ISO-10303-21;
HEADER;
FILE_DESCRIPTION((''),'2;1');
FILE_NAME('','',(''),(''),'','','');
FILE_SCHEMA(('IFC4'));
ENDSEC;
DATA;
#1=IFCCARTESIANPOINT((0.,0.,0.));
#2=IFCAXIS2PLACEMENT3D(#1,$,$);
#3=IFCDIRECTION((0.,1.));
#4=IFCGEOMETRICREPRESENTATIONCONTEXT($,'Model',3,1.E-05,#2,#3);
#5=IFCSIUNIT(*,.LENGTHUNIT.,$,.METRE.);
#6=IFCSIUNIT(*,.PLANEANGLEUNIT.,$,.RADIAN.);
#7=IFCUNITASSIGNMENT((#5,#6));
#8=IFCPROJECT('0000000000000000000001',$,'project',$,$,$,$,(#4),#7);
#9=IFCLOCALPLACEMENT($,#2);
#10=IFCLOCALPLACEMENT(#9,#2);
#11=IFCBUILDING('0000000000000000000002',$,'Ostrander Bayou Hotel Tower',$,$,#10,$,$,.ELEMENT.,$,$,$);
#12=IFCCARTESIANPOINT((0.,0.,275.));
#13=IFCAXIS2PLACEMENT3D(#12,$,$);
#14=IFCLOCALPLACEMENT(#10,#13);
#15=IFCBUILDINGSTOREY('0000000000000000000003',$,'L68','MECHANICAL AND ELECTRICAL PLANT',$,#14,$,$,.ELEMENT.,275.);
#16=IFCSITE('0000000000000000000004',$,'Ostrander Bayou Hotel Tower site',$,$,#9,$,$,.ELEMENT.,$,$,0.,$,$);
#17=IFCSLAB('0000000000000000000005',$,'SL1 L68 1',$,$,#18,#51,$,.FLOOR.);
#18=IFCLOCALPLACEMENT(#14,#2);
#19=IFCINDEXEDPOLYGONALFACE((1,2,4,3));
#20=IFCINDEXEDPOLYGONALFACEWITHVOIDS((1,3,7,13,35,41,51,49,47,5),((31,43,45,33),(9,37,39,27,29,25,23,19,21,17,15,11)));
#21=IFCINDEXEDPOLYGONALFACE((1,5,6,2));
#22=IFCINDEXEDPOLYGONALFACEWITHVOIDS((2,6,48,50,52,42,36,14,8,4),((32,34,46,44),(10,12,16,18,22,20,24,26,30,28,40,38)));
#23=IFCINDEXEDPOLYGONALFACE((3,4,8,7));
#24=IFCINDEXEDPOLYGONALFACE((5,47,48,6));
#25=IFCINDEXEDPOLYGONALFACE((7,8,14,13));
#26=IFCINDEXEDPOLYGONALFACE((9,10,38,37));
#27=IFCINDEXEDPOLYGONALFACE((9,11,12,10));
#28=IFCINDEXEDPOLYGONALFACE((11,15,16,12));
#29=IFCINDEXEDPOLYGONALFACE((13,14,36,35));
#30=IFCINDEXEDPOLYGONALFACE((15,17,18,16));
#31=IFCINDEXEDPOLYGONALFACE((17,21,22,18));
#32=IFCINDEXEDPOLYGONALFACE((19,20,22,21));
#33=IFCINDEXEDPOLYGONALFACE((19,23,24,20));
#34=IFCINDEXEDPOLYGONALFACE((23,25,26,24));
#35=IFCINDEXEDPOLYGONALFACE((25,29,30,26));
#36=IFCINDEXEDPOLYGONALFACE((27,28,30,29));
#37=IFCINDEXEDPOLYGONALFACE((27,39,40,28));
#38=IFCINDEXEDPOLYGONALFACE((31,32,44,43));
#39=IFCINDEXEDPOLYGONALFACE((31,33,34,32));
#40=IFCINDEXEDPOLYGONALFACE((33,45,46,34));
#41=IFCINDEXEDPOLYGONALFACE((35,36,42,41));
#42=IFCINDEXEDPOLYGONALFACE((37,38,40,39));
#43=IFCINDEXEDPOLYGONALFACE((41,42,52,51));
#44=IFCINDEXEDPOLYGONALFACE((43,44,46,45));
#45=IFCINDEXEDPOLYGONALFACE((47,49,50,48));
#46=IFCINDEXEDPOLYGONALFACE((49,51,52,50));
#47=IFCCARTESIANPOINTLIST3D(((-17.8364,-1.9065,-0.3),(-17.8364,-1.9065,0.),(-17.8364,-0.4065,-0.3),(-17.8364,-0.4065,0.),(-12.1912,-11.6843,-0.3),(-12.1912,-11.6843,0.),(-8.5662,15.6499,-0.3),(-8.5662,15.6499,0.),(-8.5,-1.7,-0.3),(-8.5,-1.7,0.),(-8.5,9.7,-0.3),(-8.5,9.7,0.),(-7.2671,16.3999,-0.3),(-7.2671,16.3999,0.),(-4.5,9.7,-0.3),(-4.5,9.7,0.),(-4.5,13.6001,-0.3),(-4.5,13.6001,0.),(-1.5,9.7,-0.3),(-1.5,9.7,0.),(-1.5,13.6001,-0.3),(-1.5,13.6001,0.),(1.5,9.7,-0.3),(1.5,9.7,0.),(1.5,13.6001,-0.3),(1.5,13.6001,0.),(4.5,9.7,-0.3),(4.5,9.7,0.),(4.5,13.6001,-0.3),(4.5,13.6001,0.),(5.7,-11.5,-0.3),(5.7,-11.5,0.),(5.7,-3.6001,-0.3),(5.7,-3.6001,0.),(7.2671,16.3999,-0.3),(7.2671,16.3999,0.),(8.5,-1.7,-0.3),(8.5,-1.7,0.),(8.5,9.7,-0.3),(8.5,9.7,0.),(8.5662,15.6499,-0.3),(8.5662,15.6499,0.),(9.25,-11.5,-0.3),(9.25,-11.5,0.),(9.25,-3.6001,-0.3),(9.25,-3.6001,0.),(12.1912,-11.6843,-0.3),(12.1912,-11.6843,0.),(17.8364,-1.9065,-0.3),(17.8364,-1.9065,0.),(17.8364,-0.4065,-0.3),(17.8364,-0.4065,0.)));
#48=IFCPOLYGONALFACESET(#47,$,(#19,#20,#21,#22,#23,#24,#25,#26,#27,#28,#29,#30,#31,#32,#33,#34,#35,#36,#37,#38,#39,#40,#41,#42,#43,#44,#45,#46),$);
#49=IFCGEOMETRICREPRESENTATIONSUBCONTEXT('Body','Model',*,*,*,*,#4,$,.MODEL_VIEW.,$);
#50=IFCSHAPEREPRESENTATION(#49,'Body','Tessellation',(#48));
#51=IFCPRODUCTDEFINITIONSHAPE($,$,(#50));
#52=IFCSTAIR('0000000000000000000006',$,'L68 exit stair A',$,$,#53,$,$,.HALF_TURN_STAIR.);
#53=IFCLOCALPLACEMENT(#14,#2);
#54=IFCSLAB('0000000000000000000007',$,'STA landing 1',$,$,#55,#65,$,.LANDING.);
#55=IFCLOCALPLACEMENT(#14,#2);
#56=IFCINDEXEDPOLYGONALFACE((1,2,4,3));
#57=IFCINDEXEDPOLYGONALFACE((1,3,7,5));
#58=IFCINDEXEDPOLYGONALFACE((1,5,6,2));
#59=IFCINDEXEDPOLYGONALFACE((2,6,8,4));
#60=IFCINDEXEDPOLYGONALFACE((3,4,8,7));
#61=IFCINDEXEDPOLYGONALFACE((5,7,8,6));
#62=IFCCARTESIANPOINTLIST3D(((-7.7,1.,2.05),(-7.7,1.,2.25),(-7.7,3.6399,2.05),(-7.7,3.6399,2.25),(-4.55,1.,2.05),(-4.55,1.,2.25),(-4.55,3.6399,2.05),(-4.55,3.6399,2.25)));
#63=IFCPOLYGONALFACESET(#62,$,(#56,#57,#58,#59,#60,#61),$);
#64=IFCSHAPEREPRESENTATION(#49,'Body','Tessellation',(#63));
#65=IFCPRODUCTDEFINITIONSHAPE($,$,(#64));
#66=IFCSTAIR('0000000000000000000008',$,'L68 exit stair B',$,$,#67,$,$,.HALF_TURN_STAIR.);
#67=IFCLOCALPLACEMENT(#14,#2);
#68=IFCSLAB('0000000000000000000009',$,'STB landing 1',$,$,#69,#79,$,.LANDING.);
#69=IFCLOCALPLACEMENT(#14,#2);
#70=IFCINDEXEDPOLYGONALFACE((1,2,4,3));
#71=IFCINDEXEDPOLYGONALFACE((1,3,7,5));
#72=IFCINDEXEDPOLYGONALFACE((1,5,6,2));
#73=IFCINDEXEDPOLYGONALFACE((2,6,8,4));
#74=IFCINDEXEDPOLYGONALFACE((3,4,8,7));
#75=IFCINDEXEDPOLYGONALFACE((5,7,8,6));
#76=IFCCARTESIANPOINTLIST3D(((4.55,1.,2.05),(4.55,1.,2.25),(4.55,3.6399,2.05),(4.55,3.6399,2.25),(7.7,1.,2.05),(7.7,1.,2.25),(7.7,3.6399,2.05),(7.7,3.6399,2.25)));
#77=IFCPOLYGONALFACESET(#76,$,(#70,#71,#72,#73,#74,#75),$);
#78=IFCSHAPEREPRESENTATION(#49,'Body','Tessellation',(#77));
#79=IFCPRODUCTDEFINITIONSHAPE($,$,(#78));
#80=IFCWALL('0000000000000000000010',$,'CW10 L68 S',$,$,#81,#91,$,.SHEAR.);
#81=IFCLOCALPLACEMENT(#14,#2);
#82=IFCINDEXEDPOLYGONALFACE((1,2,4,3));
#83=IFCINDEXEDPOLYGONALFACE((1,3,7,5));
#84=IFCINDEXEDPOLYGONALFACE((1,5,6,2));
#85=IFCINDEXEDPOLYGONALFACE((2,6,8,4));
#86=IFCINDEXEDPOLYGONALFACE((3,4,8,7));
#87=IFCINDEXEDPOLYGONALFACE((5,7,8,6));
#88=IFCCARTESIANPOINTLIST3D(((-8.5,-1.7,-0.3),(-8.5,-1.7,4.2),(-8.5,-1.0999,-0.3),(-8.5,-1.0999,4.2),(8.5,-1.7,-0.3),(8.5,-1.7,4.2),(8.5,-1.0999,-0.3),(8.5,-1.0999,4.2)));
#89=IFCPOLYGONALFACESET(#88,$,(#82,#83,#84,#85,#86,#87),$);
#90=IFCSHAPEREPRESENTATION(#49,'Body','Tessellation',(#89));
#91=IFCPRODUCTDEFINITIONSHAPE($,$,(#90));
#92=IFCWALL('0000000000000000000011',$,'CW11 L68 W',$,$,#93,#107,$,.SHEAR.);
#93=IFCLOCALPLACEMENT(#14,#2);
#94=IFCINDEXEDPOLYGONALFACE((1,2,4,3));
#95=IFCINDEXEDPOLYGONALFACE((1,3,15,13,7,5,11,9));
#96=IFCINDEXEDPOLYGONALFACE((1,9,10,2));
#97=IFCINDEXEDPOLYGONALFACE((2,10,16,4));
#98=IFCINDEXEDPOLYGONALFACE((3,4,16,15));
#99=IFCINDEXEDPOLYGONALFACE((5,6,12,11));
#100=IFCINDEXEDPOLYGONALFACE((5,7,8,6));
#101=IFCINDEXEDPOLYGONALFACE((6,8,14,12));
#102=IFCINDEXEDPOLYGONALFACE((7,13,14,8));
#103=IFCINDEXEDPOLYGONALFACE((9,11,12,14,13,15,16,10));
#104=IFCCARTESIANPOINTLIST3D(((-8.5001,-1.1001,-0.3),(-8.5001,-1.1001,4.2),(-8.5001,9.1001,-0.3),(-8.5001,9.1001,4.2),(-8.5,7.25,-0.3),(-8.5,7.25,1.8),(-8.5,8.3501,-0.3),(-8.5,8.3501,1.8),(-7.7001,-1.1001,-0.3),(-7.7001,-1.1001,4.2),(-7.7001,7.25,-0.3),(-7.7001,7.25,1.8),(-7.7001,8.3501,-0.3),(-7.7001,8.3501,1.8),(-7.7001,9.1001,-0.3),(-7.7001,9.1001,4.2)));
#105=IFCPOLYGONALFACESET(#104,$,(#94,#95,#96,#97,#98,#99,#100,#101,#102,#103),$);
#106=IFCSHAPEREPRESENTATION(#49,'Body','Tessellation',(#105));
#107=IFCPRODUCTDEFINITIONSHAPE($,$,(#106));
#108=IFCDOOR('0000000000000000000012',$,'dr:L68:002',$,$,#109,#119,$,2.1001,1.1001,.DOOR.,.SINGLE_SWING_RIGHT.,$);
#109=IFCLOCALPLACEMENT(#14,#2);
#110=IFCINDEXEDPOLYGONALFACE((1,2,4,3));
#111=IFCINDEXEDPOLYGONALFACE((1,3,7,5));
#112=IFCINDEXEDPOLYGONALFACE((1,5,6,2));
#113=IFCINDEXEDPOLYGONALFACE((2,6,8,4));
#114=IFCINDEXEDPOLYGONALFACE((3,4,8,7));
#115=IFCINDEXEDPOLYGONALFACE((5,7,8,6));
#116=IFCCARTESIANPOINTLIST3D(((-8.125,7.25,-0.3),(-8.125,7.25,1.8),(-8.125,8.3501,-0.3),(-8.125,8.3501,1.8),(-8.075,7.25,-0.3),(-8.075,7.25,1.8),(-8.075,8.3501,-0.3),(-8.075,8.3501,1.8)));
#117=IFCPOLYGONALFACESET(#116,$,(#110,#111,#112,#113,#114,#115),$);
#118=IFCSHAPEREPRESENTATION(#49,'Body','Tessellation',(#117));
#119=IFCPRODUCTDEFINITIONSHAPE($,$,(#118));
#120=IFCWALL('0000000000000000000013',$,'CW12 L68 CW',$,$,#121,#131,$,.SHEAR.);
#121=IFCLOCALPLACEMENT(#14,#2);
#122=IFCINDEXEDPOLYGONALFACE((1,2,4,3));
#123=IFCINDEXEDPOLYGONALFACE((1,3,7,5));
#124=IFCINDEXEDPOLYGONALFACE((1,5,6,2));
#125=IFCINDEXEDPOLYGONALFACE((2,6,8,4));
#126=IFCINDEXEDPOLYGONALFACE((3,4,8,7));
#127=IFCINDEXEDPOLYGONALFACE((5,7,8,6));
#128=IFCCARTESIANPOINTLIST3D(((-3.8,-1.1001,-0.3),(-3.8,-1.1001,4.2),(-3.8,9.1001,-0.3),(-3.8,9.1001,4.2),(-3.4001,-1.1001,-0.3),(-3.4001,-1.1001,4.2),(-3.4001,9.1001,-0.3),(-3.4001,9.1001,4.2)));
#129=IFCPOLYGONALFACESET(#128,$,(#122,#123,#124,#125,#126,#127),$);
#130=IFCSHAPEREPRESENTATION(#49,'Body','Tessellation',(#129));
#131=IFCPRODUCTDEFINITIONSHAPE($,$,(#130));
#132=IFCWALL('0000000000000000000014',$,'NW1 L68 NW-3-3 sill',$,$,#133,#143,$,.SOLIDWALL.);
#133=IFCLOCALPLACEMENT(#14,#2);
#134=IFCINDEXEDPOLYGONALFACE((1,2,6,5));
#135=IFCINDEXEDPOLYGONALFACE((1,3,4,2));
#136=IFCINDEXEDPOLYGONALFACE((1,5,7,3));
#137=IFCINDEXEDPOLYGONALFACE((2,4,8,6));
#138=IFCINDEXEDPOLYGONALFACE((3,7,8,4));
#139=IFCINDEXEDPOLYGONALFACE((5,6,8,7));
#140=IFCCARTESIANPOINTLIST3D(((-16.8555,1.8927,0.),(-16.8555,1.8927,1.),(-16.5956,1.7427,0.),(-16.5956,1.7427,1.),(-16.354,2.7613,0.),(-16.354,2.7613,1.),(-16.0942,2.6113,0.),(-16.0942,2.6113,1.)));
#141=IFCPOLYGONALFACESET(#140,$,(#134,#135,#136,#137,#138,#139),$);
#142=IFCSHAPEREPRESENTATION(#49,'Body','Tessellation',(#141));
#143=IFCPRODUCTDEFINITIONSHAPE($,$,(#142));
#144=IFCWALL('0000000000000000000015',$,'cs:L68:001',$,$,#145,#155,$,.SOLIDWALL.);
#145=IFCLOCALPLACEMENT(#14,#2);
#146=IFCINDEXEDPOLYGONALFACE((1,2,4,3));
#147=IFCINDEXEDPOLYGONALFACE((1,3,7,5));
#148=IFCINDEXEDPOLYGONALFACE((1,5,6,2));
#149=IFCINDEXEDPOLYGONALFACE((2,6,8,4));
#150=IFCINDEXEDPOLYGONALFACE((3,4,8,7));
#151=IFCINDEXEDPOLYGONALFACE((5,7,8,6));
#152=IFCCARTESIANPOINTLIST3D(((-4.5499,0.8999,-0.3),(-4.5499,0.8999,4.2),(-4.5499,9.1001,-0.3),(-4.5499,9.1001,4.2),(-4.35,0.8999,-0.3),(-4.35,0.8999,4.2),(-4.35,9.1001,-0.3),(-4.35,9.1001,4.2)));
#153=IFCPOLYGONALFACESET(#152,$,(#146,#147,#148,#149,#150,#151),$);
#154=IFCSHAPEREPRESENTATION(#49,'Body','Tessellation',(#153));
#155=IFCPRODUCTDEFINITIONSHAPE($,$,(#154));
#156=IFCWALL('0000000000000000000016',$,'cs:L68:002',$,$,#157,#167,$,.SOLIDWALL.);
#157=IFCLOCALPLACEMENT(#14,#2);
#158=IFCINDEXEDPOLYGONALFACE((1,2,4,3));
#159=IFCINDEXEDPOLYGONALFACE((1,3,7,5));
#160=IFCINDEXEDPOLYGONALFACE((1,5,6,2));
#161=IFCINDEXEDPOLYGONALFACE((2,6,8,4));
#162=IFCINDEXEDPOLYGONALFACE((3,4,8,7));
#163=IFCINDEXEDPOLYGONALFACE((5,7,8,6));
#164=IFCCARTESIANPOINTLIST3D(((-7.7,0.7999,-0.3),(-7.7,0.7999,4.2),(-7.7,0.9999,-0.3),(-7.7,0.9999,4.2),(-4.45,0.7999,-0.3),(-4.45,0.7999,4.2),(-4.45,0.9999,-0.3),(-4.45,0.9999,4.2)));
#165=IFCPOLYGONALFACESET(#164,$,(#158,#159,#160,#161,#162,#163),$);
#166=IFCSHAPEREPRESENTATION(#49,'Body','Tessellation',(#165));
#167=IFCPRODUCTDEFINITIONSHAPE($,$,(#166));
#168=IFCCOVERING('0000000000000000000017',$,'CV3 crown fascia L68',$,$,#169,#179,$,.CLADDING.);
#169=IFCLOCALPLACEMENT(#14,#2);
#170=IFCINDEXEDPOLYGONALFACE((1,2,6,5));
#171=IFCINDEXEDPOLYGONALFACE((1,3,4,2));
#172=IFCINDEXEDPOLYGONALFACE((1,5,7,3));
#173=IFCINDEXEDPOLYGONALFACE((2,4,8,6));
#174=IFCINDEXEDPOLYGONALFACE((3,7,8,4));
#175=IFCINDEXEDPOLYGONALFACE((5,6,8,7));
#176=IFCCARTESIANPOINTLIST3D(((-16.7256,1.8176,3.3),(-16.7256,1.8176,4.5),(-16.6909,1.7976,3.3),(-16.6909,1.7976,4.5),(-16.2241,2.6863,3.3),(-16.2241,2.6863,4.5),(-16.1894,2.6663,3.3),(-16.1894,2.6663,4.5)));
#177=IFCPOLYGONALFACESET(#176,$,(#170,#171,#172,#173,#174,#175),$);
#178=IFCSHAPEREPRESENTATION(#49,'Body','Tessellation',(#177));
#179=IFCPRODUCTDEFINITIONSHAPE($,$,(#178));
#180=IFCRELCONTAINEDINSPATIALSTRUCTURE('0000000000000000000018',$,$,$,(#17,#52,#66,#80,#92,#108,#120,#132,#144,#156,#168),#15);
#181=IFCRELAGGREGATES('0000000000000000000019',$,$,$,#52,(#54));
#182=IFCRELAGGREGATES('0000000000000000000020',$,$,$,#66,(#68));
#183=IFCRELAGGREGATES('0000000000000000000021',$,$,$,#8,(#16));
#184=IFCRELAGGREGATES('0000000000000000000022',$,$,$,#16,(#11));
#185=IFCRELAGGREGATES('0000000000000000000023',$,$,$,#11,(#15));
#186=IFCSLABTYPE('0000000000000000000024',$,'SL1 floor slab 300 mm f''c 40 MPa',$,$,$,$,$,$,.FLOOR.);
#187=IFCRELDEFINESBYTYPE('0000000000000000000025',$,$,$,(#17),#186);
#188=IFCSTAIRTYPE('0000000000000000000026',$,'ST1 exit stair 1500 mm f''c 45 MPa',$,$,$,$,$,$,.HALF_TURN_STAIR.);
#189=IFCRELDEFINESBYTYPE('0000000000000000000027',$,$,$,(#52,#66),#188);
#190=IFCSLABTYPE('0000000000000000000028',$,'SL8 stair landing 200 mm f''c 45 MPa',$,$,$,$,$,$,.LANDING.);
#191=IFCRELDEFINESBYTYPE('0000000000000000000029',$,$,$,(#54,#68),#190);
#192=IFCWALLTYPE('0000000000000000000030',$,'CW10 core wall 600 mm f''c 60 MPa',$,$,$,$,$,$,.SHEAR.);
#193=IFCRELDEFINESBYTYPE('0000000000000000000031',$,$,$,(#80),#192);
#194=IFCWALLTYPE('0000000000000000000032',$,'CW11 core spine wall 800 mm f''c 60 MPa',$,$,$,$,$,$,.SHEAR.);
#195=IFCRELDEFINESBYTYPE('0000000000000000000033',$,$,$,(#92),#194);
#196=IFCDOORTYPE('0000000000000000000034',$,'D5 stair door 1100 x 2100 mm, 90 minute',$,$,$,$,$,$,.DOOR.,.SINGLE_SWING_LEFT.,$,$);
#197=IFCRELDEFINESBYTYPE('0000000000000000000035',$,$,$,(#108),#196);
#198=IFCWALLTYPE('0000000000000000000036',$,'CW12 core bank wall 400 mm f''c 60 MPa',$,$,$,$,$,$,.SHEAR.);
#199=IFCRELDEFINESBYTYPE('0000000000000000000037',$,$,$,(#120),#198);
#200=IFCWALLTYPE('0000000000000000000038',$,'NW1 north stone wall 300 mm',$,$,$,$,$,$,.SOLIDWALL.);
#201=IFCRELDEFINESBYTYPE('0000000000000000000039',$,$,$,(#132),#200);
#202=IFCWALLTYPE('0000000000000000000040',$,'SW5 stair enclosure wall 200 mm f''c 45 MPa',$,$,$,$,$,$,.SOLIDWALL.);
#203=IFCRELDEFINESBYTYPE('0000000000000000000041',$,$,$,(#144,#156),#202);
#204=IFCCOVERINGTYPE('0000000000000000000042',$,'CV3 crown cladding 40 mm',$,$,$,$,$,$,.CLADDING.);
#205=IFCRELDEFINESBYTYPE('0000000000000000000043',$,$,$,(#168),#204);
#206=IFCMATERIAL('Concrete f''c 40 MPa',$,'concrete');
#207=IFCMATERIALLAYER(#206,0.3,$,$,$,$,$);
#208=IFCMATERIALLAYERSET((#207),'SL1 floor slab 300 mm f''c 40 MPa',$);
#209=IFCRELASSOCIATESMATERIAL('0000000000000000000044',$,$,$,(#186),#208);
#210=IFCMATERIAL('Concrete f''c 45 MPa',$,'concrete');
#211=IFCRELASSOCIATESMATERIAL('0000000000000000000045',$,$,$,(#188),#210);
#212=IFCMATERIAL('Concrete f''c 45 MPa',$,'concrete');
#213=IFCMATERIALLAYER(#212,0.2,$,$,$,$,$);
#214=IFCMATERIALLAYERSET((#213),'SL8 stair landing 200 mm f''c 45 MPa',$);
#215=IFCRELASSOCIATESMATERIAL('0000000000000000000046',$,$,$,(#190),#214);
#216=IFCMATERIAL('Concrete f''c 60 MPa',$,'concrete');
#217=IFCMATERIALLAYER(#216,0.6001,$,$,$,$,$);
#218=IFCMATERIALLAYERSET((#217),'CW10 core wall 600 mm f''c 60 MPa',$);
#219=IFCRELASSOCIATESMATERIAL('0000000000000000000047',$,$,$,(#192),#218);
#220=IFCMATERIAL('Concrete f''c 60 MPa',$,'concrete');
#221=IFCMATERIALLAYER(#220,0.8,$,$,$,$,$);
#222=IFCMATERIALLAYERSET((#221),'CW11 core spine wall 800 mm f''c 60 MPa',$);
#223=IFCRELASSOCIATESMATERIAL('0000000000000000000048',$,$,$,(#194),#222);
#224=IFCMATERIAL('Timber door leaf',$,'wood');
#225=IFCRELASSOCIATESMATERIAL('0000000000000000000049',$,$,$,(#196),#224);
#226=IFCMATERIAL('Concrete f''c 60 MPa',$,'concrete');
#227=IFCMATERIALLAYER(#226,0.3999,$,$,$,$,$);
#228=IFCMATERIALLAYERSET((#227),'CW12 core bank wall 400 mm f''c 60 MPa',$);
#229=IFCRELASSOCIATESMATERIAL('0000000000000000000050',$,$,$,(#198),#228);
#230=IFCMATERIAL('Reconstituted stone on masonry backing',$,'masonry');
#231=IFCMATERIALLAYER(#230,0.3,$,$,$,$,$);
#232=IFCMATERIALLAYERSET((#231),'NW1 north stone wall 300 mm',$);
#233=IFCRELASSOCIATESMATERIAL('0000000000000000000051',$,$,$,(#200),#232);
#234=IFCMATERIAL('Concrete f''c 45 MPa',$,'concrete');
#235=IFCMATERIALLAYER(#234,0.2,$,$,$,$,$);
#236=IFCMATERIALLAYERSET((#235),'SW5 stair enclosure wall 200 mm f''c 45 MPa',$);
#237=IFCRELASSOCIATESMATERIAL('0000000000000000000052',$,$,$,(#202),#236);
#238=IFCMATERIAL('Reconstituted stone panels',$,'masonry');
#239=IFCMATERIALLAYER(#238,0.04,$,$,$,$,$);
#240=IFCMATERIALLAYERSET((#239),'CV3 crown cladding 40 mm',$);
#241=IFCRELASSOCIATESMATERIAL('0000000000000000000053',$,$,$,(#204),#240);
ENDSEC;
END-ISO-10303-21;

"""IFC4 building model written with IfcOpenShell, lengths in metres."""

from ifc_helpers import new_model, si_unit, direction, frame, frame_2d, origin, place, context, subcontext, project, spatial, polyline, rectangle, outline, extrude, material, layer, layer_set, type_object, element, fill, aggregate, save


model = new_model("IFC4")

# Units and contexts
model_context = context("Model", 3, precision=1e-05, world=origin(), true_north=direction((0.0, 1.0)))
body_context = subcontext(model_context, "Body", "Model", "MODEL_VIEW")
ifc_project = project(units=[si_unit("LENGTHUNIT", "METRE"), si_unit("PLANEANGLEUNIT", "RADIAN")], contexts=[model_context])

# Site, building, storey
site_placement = place(None, origin())
site = spatial("IfcSite", under=ifc_project, at=site_placement, Name="Ostrander Bayou Hotel Tower site", CompositionType="ELEMENT", RefElevation=0.0)
building_placement = place(site_placement, origin())
building = spatial("IfcBuilding", under=site, at=building_placement, Name="Ostrander Bayou Hotel Tower", CompositionType="ELEMENT")
storey_placement = place(building_placement, frame((0.0, 0.0, 275.0)))
storey = spatial("IfcBuildingStorey", under=building, at=storey_placement, Name="L68", Description="MECHANICAL AND ELECTRICAL PLANT", CompositionType="ELEMENT", Elevation=275.0)

# Slab
ifc_material_1 = material(Name="Concrete f'c 40 MPa", Category="concrete")
ifc_layer_1 = layer(ifc_material_1, 0.3)
ifc_layer_set_1 = layer_set([ifc_layer_1], Name="SL1 floor slab 300 mm f'c 40 MPa")
slab_type_1 = type_object("IfcSlabType", Name="SL1 floor slab 300 mm f'c 40 MPa", PredefinedType="FLOOR", material=ifc_layer_set_1)
slab_1_placement = place(storey_placement, frame((0.0, 0.0, -0.3)))
element("IfcSlab", 1, at=slab_1_placement, inside=storey, type_object=slab_type_1, Name="SL1 L68 1", PredefinedType="FLOOR", context=body_context, shape_type="SweptSolid", body=[
    extrude(outline(polyline([(17.8364, -0.4065), (17.8364, -1.9065), (12.1912, -11.6843), (-12.1912, -11.6843), (-17.8364, -1.9065), (-17.8364, -0.4065), (-8.5662, 15.6499), (-7.2671, 16.3999), (7.2671, 16.3999), (8.5662, 15.6499), (17.8364, -0.4065)]), holes=[polyline([(9.25, -3.6001), (5.7, -3.6001), (5.7, -11.5), (9.25, -11.5), (9.25, -3.6001)]), polyline([(-8.5, -1.7), (8.5, -1.7), (8.5, 9.7), (4.5, 9.7), (4.5, 13.6001), (1.5, 13.6001), (1.5, 9.7), (-1.5, 9.7), (-1.5, 13.6001), (-4.5, 13.6001), (-4.5, 9.7), (-8.5, 9.7), (-8.5, -1.7)])]), origin(), (0.0, 0.0, 1.0), 0.3),
])

# Stairs, slabs
ifc_material_2 = material(Name="Concrete f'c 45 MPa", Category="concrete")
stair_type = type_object("IfcStairType", Name="ST1 exit stair 1500 mm f'c 45 MPa", PredefinedType="HALF_TURN_STAIR", material=ifc_material_2)
stair_1_placement = place(storey_placement, origin())
stair_1 = element("IfcStair", 2, at=stair_1_placement, inside=storey, type_object=stair_type, Name="L68 exit stair A", PredefinedType="HALF_TURN_STAIR")
ifc_material_3 = material(Name="Concrete f'c 45 MPa", Category="concrete")
ifc_layer_2 = layer(ifc_material_3, 0.2)
ifc_layer_set_2 = layer_set([ifc_layer_2], Name="SL8 stair landing 200 mm f'c 45 MPa")
slab_type_2 = type_object("IfcSlabType", Name="SL8 stair landing 200 mm f'c 45 MPa", PredefinedType="LANDING", material=ifc_layer_set_2)
slab_2_placement = place(storey_placement, frame((0.0, 0.0, 2.05)))
slab_2 = element("IfcSlab", 3, at=slab_2_placement, type_object=slab_type_2, Name="STA landing 1", PredefinedType="LANDING", context=body_context, shape_type="SweptSolid", body=[
    extrude(outline(polyline([(-7.7, 3.6399), (-7.7, 1.0), (-4.55, 1.0), (-4.55, 3.6399), (-7.7, 3.6399)])), origin(), (0.0, 0.0, 1.0), 0.2),
])
aggregate(stair_1, [slab_2])
stair_2_placement = place(storey_placement, origin())
stair_2 = element("IfcStair", 4, at=stair_2_placement, inside=storey, type_object=stair_type, Name="L68 exit stair B", PredefinedType="HALF_TURN_STAIR")
slab_3_placement = place(storey_placement, frame((0.0, 0.0, 2.05)))
slab_3 = element("IfcSlab", 5, at=slab_3_placement, type_object=slab_type_2, Name="STB landing 1", PredefinedType="LANDING", context=body_context, shape_type="SweptSolid", body=[
    extrude(outline(polyline([(4.55, 3.6399), (4.55, 1.0), (7.7, 1.0), (7.7, 3.6399), (4.55, 3.6399)])), origin(), (0.0, 0.0, 1.0), 0.2),
])
aggregate(stair_2, [slab_3])

# Wall
ifc_material_4 = material(Name="Concrete f'c 60 MPa", Category="concrete")
ifc_layer_3 = layer(ifc_material_4, 0.6001)
ifc_layer_set_3 = layer_set([ifc_layer_3], Name="CW10 core wall 600 mm f'c 60 MPa")
wall_type_1 = type_object("IfcWallType", Name="CW10 core wall 600 mm f'c 60 MPa", PredefinedType="SHEAR", material=ifc_layer_set_3)
wall_1_placement = place(storey_placement, frame((-8.5, -1.3999, -0.3), z_axis=(0.0, 0.0, 1.0), x_axis=(1.0, 0.0, 0.0)))
element("IfcWall", 6, at=wall_1_placement, inside=storey, type_object=wall_type_1, Name="CW10 L68 S", PredefinedType="SHEAR", context=body_context, shape_type="SweptSolid", body=[
    extrude(rectangle(XDim=17.0, YDim=0.6001, at=frame_2d((8.5, 0.0))), origin(), (0.0, 0.0, 1.0), 4.5),
])

# Wall, opening, door
ifc_material_5 = material(Name="Concrete f'c 60 MPa", Category="concrete")
ifc_layer_4 = layer(ifc_material_5, 0.8)
ifc_layer_set_4 = layer_set([ifc_layer_4], Name="CW11 core spine wall 800 mm f'c 60 MPa")
wall_type_2 = type_object("IfcWallType", Name="CW11 core spine wall 800 mm f'c 60 MPa", PredefinedType="SHEAR", material=ifc_layer_set_4)
wall_2_placement = place(storey_placement, frame((-8.1001, -1.1001, -0.3), z_axis=(0.0, 0.0, 1.0), x_axis=(0.0, 1.0, 0.0)))
wall_2 = element("IfcWall", 7, at=wall_2_placement, inside=storey, type_object=wall_type_2, Name="CW11 L68 W", PredefinedType="SHEAR", context=body_context, shape_type="SweptSolid", body=[
    extrude(rectangle(XDim=10.2002, YDim=0.8, at=frame_2d((5.1001, 0.0))), origin(), (0.0, 0.0, 1.0), 4.5),
])
opening_1_placement = place(wall_2_placement, frame((8.3501, 0.0, 0.0)))
opening_1 = element("IfcOpeningElement", 8, at=opening_1_placement, cuts=wall_2, PredefinedType="OPENING", context=body_context, shape_type="SweptSolid", body=[
    extrude(rectangle(XDim=1.1001, YDim=2.1001, at=frame_2d((0.55, 1.05))), frame((0.0, 0.3999, 0.0), z_axis=(0.0, -1.0, 0.0), x_axis=(1.0, 0.0, 0.0)), (0.0, 0.0, 1.0), 0.8),
])
ifc_material_6 = material(Name="Timber door leaf", Category="wood")
door_type_1 = type_object("IfcDoorType", Name="D5 stair door 1100 x 2100 mm, 90 minute", OperationType="SINGLE_SWING_LEFT", PredefinedType="DOOR", material=ifc_material_6)
door_1_placement = place(opening_1_placement, origin())
door_1 = element("IfcDoor", 9, at=door_1_placement, inside=storey, type_object=door_type_1, Name="dr:L68:002", OperationType="SINGLE_SWING_RIGHT", OverallHeight=2.1001, OverallWidth=1.1001, PredefinedType="DOOR", context=body_context, shape_type="SweptSolid", body=[
    extrude(rectangle(XDim=1.1001, YDim=2.1001, at=frame_2d((0.55, 1.05))), frame((0.0, 0.0249, 0.0), z_axis=(0.0, -1.0, 0.0), x_axis=(1.0, 0.0, 0.0)), (0.0, 0.0, 1.0), 0.05),
])
fill(opening_1, door_1)

# Walls
ifc_material_7 = material(Name="Concrete f'c 60 MPa", Category="concrete")
ifc_layer_5 = layer(ifc_material_7, 0.3999)
ifc_layer_set_5 = layer_set([ifc_layer_5], Name="CW12 core bank wall 400 mm f'c 60 MPa")
wall_type_3 = type_object("IfcWallType", Name="CW12 core bank wall 400 mm f'c 60 MPa", PredefinedType="SHEAR", material=ifc_layer_set_5)
wall_3_placement = place(storey_placement, frame((-3.6001, -1.1001, -0.3), z_axis=(0.0, 0.0, 1.0), x_axis=(0.0, 1.0, 0.0)))
element("IfcWall", 10, at=wall_3_placement, inside=storey, type_object=wall_type_3, Name="CW12 L68 CW", PredefinedType="SHEAR", context=body_context, shape_type="SweptSolid", body=[
    extrude(rectangle(XDim=10.2002, YDim=0.3999, at=frame_2d((5.1001, 0.0))), origin(), (0.0, 0.0, 1.0), 4.5),
])
ifc_material_8 = material(Name="Reconstituted stone on masonry backing", Category="masonry")
ifc_layer_6 = layer(ifc_material_8, 0.3)
ifc_layer_set_6 = layer_set([ifc_layer_6], Name="NW1 north stone wall 300 mm")
wall_type_4 = type_object("IfcWallType", Name="NW1 north stone wall 300 mm", PredefinedType="SOLIDWALL", material=ifc_layer_set_6)
wall_4_placement = place(storey_placement, frame((-16.2241, 2.6863, 0.0), z_axis=(0.0, 0.0, 1.0), x_axis=(-0.499961, -0.866048, 0.0)))
element("IfcWall", 11, at=wall_4_placement, inside=storey, type_object=wall_type_4, Name="NW1 L68 NW-3-3 sill", PredefinedType="SOLIDWALL", context=body_context, shape_type="SweptSolid", body=[
    extrude(rectangle(XDim=1.0029, YDim=0.3, at=frame_2d((0.5015, 0.0))), origin(), (0.0, 0.0, 1.0), 1.0),
])

# Walls
ifc_material_9 = material(Name="Concrete f'c 45 MPa", Category="concrete")
ifc_layer_7 = layer(ifc_material_9, 0.2)
ifc_layer_set_7 = layer_set([ifc_layer_7], Name="SW5 stair enclosure wall 200 mm f'c 45 MPa")
wall_type_5 = type_object("IfcWallType", Name="SW5 stair enclosure wall 200 mm f'c 45 MPa", PredefinedType="SOLIDWALL", material=ifc_layer_set_7)
wall_5_placement = place(storey_placement, frame((-4.45, 0.8999, -0.3), z_axis=(0.0, 0.0, 1.0), x_axis=(0.0, 1.0, 0.0)))
element("IfcWall", 12, at=wall_5_placement, inside=storey, type_object=wall_type_5, Name="cs:L68:001", PredefinedType="SOLIDWALL", context=body_context, shape_type="SweptSolid", body=[
    extrude(rectangle(XDim=8.2002, YDim=0.2, at=frame_2d((4.1001, 0.0))), origin(), (0.0, 0.0, 1.0), 4.5),
])
wall_6_placement = place(storey_placement, frame((-7.7, 0.8999, -0.3), z_axis=(0.0, 0.0, 1.0), x_axis=(1.0, 0.0, 0.0)))
element("IfcWall", 13, at=wall_6_placement, inside=storey, type_object=wall_type_5, Name="cs:L68:002", PredefinedType="SOLIDWALL", context=body_context, shape_type="SweptSolid", body=[
    extrude(rectangle(XDim=3.25, YDim=0.2, at=frame_2d((1.625, 0.0))), origin(), (0.0, 0.0, 1.0), 4.5),
])

# Covering
ifc_material_10 = material(Name="Reconstituted stone panels", Category="masonry")
ifc_layer_8 = layer(ifc_material_10, 0.04)
ifc_layer_set_8 = layer_set([ifc_layer_8], Name="CV3 crown cladding 40 mm")
covering_type = type_object("IfcCoveringType", Name="CV3 crown cladding 40 mm", PredefinedType="CLADDING", material=ifc_layer_set_8)
covering_placement = place(storey_placement, frame((-16.2241, 2.6863, 3.3), z_axis=(-0.866048, 0.499961, 0.0), x_axis=(-0.499961, -0.866048, 0.0)))
element("IfcCovering", 14, at=covering_placement, inside=storey, type_object=covering_type, Name="CV3 crown fascia L68", PredefinedType="CLADDING", context=body_context, shape_type="SweptSolid", body=[
    extrude(outline(polyline([(0.0, 0.0), (1.003, 0.0), (1.003, 1.2), (0.0, 1.2), (0.0, 0.0)])), origin(), (0.0, 0.0, -1.0), 0.04),
])

save(model, "model.ifc")
